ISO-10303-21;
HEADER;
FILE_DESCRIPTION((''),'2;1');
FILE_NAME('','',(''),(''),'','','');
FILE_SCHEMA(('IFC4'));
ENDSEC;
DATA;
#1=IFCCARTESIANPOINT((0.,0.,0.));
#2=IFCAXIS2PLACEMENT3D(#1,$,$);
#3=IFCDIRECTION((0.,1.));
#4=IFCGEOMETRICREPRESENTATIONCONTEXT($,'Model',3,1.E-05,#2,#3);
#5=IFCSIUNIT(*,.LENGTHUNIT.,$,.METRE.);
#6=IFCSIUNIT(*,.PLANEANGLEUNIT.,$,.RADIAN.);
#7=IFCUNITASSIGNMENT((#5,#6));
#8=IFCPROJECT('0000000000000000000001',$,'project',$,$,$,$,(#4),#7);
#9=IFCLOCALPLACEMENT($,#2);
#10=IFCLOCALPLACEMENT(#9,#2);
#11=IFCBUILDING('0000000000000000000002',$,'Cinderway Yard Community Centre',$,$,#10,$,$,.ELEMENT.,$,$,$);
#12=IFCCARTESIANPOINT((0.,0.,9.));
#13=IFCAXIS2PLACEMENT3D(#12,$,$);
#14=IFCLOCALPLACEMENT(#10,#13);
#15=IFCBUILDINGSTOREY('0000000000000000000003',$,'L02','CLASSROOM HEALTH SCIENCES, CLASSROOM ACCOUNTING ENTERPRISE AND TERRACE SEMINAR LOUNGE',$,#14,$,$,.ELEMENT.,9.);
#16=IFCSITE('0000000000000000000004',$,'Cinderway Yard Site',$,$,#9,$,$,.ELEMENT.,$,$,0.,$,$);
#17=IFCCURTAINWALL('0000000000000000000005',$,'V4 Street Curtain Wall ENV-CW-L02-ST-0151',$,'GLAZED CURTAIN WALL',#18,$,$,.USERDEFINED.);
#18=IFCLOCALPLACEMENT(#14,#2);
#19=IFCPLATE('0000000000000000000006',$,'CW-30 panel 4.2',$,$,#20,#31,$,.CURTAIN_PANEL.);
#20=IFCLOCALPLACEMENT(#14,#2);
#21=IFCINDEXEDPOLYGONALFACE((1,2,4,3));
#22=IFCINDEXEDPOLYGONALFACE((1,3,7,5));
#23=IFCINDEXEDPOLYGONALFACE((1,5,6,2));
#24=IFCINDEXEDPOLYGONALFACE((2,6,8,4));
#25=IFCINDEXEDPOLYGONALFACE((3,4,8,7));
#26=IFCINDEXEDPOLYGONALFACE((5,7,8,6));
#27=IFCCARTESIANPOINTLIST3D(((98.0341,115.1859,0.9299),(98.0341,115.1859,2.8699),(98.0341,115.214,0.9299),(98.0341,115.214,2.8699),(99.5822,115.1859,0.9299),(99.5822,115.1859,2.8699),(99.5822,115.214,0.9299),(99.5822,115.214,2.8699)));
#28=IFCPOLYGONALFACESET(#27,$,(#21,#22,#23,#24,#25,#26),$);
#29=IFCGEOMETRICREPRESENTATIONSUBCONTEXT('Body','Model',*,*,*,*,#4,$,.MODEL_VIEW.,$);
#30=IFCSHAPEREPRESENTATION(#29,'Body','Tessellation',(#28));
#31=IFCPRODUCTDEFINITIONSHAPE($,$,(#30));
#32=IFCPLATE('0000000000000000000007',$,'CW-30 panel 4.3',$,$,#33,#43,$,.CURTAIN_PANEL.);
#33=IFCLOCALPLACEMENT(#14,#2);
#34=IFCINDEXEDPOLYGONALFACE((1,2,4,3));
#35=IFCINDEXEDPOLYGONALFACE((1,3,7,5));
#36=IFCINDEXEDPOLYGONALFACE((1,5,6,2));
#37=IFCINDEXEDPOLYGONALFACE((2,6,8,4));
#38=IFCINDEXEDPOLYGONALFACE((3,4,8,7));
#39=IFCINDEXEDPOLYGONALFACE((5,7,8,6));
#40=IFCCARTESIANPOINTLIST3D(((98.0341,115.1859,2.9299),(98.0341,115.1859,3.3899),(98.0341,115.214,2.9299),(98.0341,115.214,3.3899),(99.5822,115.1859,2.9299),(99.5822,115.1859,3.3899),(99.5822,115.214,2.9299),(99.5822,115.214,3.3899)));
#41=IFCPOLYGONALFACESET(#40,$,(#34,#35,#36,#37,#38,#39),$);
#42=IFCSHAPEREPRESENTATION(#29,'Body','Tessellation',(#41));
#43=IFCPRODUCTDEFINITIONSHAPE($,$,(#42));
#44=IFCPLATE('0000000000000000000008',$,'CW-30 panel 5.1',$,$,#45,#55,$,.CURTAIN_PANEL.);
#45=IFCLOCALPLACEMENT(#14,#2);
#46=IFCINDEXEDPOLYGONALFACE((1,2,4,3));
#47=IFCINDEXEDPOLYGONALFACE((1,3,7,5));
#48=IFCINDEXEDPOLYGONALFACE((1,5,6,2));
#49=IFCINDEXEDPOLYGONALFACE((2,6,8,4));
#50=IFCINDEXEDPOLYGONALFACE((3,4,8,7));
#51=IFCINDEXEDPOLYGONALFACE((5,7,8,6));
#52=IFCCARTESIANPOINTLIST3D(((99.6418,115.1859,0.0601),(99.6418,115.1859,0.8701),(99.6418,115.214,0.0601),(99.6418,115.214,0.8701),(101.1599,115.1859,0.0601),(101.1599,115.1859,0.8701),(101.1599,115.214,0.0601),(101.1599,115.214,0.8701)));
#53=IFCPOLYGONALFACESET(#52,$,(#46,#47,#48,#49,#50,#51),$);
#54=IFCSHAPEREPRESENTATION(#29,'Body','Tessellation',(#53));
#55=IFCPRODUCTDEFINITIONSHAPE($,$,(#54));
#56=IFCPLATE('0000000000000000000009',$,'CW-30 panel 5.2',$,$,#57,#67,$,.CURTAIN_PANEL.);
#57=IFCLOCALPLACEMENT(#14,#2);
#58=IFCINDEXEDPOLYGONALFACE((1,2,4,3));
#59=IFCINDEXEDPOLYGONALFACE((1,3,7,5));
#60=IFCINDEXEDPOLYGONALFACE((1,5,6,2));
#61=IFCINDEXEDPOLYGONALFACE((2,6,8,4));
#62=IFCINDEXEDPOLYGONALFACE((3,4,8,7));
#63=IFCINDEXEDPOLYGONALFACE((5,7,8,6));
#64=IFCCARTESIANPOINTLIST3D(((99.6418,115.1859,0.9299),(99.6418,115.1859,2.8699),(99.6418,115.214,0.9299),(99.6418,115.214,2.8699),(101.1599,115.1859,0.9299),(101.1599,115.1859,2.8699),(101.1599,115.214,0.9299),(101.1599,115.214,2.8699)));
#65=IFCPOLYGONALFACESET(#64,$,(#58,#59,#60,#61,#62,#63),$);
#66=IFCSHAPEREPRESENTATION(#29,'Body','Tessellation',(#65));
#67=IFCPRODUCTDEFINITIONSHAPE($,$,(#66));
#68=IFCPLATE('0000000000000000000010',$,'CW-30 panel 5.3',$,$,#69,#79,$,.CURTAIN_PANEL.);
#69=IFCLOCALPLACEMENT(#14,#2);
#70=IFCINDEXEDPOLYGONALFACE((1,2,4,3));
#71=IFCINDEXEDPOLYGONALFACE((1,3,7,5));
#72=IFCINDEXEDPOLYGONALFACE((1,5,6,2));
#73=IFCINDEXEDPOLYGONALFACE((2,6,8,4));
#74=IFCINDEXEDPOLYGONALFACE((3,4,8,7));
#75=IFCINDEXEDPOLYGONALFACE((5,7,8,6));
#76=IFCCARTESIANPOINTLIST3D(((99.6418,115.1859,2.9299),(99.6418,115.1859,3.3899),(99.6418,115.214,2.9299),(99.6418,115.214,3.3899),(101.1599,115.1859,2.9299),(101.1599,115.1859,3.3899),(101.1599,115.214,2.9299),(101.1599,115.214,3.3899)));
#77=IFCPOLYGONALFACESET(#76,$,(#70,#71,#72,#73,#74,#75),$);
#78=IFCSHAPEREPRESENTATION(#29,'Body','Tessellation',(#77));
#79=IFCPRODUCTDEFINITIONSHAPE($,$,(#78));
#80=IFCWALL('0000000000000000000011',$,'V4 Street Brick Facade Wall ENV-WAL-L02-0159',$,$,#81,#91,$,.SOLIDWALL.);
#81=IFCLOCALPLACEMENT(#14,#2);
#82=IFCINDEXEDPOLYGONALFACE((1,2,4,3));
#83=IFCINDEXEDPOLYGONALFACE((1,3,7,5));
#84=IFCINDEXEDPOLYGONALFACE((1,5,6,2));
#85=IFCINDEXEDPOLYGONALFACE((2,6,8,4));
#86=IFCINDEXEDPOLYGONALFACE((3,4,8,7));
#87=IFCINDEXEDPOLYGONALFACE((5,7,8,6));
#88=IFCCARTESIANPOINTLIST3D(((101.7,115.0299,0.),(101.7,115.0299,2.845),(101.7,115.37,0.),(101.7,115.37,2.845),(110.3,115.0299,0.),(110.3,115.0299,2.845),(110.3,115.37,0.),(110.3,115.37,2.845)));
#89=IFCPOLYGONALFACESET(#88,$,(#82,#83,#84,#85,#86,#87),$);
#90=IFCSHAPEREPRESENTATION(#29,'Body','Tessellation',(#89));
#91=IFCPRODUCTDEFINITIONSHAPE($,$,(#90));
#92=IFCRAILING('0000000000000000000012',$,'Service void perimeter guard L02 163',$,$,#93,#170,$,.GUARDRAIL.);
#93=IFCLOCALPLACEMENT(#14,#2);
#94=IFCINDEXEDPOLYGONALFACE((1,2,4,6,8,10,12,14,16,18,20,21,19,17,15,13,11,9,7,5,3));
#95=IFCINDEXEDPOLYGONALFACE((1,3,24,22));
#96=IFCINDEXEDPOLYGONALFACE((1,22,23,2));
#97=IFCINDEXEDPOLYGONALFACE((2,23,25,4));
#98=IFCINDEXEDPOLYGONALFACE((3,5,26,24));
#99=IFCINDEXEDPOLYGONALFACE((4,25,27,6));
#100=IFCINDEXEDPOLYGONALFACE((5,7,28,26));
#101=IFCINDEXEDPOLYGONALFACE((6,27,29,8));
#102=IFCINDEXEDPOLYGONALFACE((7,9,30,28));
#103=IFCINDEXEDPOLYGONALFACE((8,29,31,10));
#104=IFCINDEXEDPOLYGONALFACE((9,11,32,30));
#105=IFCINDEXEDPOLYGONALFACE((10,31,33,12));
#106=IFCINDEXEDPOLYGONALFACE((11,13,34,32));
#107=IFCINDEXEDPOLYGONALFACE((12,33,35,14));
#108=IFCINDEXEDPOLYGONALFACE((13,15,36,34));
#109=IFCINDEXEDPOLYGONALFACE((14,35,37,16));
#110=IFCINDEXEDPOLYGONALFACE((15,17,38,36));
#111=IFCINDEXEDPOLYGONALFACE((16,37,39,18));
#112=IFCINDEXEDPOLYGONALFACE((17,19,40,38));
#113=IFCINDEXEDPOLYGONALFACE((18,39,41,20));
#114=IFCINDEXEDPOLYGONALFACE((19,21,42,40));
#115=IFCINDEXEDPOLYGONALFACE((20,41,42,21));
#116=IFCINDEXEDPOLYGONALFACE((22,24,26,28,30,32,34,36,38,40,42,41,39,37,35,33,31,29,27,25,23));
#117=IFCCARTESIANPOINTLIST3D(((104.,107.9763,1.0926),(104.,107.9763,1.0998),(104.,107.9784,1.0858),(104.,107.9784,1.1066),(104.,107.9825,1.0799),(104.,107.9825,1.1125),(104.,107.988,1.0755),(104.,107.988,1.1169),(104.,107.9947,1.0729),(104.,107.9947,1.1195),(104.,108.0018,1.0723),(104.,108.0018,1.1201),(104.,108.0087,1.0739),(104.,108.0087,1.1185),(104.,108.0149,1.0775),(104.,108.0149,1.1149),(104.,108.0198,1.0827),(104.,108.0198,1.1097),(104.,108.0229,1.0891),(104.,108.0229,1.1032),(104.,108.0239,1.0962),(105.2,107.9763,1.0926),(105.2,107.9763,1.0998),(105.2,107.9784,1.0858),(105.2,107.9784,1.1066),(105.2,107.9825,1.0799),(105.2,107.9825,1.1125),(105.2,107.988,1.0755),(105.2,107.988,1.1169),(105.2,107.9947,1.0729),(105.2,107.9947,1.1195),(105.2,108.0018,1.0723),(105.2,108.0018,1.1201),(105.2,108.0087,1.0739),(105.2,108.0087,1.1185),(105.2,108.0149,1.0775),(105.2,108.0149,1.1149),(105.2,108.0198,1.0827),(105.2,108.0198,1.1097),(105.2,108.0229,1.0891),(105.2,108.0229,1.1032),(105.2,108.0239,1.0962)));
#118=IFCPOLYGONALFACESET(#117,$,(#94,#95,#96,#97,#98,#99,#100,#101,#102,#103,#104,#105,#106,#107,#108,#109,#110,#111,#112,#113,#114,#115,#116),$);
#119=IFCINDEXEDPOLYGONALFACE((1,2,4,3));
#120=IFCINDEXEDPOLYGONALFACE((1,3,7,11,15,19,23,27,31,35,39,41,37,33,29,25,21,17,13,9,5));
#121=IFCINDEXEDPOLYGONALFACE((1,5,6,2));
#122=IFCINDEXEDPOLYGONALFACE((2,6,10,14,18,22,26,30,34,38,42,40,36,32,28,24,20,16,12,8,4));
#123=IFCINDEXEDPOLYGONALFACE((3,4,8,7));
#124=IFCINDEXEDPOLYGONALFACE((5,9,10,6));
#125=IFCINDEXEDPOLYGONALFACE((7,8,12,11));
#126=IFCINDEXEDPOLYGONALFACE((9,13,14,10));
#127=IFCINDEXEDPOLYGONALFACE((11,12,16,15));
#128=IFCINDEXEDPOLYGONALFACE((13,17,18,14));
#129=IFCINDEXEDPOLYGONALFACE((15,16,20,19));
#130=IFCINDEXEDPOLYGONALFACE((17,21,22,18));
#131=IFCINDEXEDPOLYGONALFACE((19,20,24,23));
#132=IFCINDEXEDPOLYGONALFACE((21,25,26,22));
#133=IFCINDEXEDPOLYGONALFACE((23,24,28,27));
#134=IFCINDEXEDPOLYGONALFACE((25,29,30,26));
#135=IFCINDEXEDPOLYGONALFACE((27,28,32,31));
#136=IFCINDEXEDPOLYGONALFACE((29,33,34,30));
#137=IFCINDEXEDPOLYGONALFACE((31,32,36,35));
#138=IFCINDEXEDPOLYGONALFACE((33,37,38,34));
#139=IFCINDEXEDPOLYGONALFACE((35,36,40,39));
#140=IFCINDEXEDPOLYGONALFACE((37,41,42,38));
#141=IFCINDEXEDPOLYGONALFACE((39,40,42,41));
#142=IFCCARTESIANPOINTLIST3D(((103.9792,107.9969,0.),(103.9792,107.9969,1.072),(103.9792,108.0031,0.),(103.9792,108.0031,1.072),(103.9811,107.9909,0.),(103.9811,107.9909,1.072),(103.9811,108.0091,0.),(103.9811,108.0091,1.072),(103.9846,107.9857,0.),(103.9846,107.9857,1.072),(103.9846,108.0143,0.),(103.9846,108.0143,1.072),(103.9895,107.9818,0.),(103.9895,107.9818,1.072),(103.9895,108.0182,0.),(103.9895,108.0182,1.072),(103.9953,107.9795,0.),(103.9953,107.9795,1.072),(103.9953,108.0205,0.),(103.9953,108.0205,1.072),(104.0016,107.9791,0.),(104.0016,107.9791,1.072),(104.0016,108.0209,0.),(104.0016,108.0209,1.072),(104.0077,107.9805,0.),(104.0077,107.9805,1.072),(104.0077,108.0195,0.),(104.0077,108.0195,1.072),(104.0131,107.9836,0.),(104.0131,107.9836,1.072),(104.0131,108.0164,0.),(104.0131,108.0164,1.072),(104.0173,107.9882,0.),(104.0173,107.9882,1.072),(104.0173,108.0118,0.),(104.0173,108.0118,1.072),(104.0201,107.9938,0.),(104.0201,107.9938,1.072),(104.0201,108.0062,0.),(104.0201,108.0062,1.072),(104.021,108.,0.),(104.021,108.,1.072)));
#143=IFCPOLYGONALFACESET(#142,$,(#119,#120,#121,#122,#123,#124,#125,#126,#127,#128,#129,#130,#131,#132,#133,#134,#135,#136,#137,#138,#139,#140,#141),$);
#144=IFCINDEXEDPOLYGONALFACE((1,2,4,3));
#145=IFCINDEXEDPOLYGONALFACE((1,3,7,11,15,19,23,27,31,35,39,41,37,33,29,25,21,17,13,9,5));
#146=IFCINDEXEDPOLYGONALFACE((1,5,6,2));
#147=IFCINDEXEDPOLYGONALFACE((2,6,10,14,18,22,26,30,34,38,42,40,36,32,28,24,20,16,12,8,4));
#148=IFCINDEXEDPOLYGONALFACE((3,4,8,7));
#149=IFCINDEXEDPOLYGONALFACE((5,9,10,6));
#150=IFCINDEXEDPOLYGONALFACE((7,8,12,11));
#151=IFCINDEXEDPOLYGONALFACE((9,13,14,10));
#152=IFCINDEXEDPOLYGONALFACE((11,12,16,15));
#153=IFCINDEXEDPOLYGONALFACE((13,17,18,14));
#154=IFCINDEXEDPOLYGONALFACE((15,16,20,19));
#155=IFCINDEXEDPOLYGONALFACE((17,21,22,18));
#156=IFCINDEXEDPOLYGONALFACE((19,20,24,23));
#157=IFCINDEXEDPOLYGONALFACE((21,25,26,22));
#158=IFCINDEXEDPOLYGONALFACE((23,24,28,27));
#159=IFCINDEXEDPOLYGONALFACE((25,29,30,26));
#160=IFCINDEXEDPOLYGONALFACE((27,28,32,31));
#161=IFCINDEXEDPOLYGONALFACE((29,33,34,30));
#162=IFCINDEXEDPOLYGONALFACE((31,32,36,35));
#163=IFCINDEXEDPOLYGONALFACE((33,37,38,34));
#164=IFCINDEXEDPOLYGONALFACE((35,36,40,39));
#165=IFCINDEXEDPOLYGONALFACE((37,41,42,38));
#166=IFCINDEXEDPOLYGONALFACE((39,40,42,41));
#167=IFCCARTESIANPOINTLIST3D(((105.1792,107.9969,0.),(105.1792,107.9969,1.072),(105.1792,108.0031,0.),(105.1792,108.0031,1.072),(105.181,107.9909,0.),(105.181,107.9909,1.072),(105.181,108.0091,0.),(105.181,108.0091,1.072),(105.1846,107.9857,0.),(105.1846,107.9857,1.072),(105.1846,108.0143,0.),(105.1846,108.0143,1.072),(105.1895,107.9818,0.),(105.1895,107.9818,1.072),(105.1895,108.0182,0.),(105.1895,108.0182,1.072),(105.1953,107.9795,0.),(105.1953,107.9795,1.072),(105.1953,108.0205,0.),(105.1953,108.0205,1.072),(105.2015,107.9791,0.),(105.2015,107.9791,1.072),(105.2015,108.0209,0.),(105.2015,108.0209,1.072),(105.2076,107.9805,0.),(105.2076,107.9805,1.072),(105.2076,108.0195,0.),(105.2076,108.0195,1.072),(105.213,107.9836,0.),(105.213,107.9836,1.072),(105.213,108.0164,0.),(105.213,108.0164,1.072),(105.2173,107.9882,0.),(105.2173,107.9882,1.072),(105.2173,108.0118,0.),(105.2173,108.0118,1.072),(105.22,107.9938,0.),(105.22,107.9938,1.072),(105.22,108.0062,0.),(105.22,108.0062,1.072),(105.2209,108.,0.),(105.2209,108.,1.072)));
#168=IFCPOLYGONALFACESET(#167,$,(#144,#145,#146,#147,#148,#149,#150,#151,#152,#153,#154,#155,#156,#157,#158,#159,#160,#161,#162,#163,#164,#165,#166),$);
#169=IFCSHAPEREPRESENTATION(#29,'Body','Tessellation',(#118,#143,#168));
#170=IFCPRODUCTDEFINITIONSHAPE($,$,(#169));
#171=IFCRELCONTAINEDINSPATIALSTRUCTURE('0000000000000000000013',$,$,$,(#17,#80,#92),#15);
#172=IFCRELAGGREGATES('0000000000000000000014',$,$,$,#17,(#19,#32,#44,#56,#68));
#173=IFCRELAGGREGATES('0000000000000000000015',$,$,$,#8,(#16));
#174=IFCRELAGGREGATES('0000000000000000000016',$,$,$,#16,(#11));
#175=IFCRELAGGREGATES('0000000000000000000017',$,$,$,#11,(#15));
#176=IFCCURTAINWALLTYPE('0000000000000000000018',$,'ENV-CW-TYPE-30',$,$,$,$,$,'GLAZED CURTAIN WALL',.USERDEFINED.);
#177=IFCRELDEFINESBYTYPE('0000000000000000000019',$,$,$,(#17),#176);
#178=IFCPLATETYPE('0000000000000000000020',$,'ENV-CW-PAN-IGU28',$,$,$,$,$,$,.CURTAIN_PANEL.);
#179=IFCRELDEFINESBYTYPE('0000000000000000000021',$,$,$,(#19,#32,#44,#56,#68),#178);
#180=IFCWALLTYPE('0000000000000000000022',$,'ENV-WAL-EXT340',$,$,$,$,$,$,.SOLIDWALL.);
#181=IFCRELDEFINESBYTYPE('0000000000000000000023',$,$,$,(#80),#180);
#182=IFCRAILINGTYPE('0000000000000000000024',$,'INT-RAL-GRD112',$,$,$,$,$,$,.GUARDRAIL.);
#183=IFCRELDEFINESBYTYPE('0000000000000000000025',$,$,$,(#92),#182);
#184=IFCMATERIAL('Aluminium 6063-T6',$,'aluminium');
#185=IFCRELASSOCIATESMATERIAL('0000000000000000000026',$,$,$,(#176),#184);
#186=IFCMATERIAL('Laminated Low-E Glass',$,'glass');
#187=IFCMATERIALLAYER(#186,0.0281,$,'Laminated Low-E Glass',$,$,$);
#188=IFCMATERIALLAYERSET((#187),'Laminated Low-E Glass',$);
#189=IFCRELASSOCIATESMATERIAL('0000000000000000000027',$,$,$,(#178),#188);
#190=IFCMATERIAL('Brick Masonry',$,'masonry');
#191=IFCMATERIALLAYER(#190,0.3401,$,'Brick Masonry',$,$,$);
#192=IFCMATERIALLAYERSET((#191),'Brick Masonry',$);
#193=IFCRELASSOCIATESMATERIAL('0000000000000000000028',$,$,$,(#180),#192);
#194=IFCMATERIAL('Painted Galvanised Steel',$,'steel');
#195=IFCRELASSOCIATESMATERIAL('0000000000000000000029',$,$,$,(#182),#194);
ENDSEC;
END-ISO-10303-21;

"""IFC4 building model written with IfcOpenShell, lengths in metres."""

from ifc_helpers import new_model, si_unit, direction, frame, frame_2d, origin, origin_2d, place, context, subcontext, project, spatial, rectangle, circle, extrude, material, layer, layer_set, type_object, element, aggregate, save


model = new_model("IFC4")

# Units and contexts
model_context = context("Model", 3, precision=1e-05, world=origin(), true_north=direction((0.0, 1.0)))
body_context = subcontext(model_context, "Body", "Model", "MODEL_VIEW")
ifc_project = project(units=[si_unit("LENGTHUNIT", "METRE"), si_unit("PLANEANGLEUNIT", "RADIAN")], contexts=[model_context])

# Site, building, storey
site_placement = place(None, origin())
site = spatial("IfcSite", under=ifc_project, at=site_placement, Name="Cinderway Yard Site", CompositionType="ELEMENT", RefElevation=0.0)
building_placement = place(site_placement, origin())
building = spatial("IfcBuilding", under=site, at=building_placement, Name="Cinderway Yard Community Centre", CompositionType="ELEMENT")
storey_placement = place(building_placement, frame((0.0, 0.0, 9.0)))
storey = spatial("IfcBuildingStorey", under=building, at=storey_placement, Name="L02", Description="CLASSROOM HEALTH SCIENCES, CLASSROOM ACCOUNTING ENTERPRISE AND TERRACE SEMINAR LOUNGE", CompositionType="ELEMENT", Elevation=9.0)

# Curtain wall
ifc_material_1 = material(Name="Aluminium 6063-T6", Category="aluminium")
curtain_wall_type = type_object("IfcCurtainWallType", Name="ENV-CW-TYPE-30", ElementType="GLAZED CURTAIN WALL", PredefinedType="USERDEFINED", material=ifc_material_1)
curtain_wall_placement = place(storey_placement, origin())
curtain_wall = element("IfcCurtainWall", 1, at=curtain_wall_placement, inside=storey, type_object=curtain_wall_type, Name="V4 Street Curtain Wall ENV-CW-L02-ST-0151", ObjectType="GLAZED CURTAIN WALL", PredefinedType="USERDEFINED")

# Plates
ifc_material_2 = material(Name="Laminated Low-E Glass", Category="glass")
ifc_layer_1 = layer(ifc_material_2, 0.0281, Name="Laminated Low-E Glass")
ifc_layer_set_1 = layer_set([ifc_layer_1], Name="Laminated Low-E Glass")
plate_type = type_object("IfcPlateType", Name="ENV-CW-PAN-IGU28", PredefinedType="CURTAIN_PANEL", material=ifc_layer_set_1)
plate_1_placement = place(storey_placement, frame((98.8081, 115.2, 0.9299), z_axis=(0.0, 0.0, 1.0), x_axis=(1.0, 0.0, 0.0)))
plate_1 = element("IfcPlate", 2, at=plate_1_placement, type_object=plate_type, Name="CW-30 panel 4.2", PredefinedType="CURTAIN_PANEL", context=body_context, shape_type="SweptSolid", body=[
    extrude(rectangle(XDim=1.5481, YDim=0.0281, at=origin_2d()), origin(), (0.0, 0.0, 1.0), 1.9399),
])
plate_2_placement = place(storey_placement, frame((98.8081, 115.2, 2.9299), z_axis=(0.0, 0.0, 1.0), x_axis=(1.0, 0.0, 0.0)))
plate_2 = element("IfcPlate", 3, at=plate_2_placement, type_object=plate_type, Name="CW-30 panel 4.3", PredefinedType="CURTAIN_PANEL", context=body_context, shape_type="SweptSolid", body=[
    extrude(rectangle(XDim=1.5481, YDim=0.0281, at=origin_2d()), origin(), (0.0, 0.0, 1.0), 0.46),
])
plate_3_placement = place(storey_placement, frame((100.4009, 115.2, 0.0601), z_axis=(0.0, 0.0, 1.0), x_axis=(1.0, 0.0, 0.0)))
plate_3 = element("IfcPlate", 4, at=plate_3_placement, type_object=plate_type, Name="CW-30 panel 5.1", PredefinedType="CURTAIN_PANEL", context=body_context, shape_type="SweptSolid", body=[
    extrude(rectangle(XDim=1.5181, YDim=0.0281, at=origin_2d()), origin(), (0.0, 0.0, 1.0), 0.8101),
])
plate_4_placement = place(storey_placement, frame((100.4009, 115.2, 0.9299), z_axis=(0.0, 0.0, 1.0), x_axis=(1.0, 0.0, 0.0)))
plate_4 = element("IfcPlate", 5, at=plate_4_placement, type_object=plate_type, Name="CW-30 panel 5.2", PredefinedType="CURTAIN_PANEL", context=body_context, shape_type="SweptSolid", body=[
    extrude(rectangle(XDim=1.5181, YDim=0.0281, at=origin_2d()), origin(), (0.0, 0.0, 1.0), 1.9399),
])
plate_5_placement = place(storey_placement, frame((100.4009, 115.2, 2.9299), z_axis=(0.0, 0.0, 1.0), x_axis=(1.0, 0.0, 0.0)))
plate_5 = element("IfcPlate", 6, at=plate_5_placement, type_object=plate_type, Name="CW-30 panel 5.3", PredefinedType="CURTAIN_PANEL", context=body_context, shape_type="SweptSolid", body=[
    extrude(rectangle(XDim=1.5181, YDim=0.0281, at=origin_2d()), origin(), (0.0, 0.0, 1.0), 0.46),
])
aggregate(curtain_wall, [plate_1, plate_2, plate_3, plate_4, plate_5])

# Wall
ifc_material_3 = material(Name="Brick Masonry", Category="masonry")
ifc_layer_2 = layer(ifc_material_3, 0.3401, Name="Brick Masonry")
ifc_layer_set_2 = layer_set([ifc_layer_2], Name="Brick Masonry")
wall_type = type_object("IfcWallType", Name="ENV-WAL-EXT340", PredefinedType="SOLIDWALL", material=ifc_layer_set_2)
wall_placement = place(storey_placement, frame((101.7, 115.2, 0.0), z_axis=(0.0, 0.0, 1.0), x_axis=(1.0, 0.0, 0.0)))
element("IfcWall", 7, at=wall_placement, inside=storey, type_object=wall_type, Name="V4 Street Brick Facade Wall ENV-WAL-L02-0159", PredefinedType="SOLIDWALL", context=body_context, shape_type="SweptSolid", body=[
    extrude(rectangle(XDim=8.6001, YDim=0.3401, at=frame_2d((4.3, 0.0))), origin(), (0.0, 0.0, 1.0), 2.845),
])

# Railing
ifc_material_4 = material(Name="Painted Galvanised Steel", Category="steel")
railing_type = type_object("IfcRailingType", Name="INT-RAL-GRD112", PredefinedType="GUARDRAIL", material=ifc_material_4)
railing_1_placement = place(storey_placement, frame((104.0, 108.0, 0.0)))
element("IfcRailing", 8, at=railing_1_placement, inside=storey, type_object=railing_type, Name="Service void perimeter guard L02 163", PredefinedType="GUARDRAIL", context=body_context, shape_type="SweptSolid", body=[
    extrude(circle(Radius=0.0239, at=origin_2d()), frame((0.0, 0.0, 1.0962), z_axis=(1.0, 0.0, 0.0), x_axis=(0.0, 1.0, 0.0)), (0.0, 0.0, 1.0), 1.2),
    extrude(circle(Radius=0.021, at=origin_2d()), origin(), (0.0, 0.0, 1.0), 1.072),
    extrude(circle(Radius=0.021, at=origin_2d()), frame((1.2, 0.0, 0.0)), (0.0, 0.0, 1.0), 1.072),
])

save(model, "model.ifc")
